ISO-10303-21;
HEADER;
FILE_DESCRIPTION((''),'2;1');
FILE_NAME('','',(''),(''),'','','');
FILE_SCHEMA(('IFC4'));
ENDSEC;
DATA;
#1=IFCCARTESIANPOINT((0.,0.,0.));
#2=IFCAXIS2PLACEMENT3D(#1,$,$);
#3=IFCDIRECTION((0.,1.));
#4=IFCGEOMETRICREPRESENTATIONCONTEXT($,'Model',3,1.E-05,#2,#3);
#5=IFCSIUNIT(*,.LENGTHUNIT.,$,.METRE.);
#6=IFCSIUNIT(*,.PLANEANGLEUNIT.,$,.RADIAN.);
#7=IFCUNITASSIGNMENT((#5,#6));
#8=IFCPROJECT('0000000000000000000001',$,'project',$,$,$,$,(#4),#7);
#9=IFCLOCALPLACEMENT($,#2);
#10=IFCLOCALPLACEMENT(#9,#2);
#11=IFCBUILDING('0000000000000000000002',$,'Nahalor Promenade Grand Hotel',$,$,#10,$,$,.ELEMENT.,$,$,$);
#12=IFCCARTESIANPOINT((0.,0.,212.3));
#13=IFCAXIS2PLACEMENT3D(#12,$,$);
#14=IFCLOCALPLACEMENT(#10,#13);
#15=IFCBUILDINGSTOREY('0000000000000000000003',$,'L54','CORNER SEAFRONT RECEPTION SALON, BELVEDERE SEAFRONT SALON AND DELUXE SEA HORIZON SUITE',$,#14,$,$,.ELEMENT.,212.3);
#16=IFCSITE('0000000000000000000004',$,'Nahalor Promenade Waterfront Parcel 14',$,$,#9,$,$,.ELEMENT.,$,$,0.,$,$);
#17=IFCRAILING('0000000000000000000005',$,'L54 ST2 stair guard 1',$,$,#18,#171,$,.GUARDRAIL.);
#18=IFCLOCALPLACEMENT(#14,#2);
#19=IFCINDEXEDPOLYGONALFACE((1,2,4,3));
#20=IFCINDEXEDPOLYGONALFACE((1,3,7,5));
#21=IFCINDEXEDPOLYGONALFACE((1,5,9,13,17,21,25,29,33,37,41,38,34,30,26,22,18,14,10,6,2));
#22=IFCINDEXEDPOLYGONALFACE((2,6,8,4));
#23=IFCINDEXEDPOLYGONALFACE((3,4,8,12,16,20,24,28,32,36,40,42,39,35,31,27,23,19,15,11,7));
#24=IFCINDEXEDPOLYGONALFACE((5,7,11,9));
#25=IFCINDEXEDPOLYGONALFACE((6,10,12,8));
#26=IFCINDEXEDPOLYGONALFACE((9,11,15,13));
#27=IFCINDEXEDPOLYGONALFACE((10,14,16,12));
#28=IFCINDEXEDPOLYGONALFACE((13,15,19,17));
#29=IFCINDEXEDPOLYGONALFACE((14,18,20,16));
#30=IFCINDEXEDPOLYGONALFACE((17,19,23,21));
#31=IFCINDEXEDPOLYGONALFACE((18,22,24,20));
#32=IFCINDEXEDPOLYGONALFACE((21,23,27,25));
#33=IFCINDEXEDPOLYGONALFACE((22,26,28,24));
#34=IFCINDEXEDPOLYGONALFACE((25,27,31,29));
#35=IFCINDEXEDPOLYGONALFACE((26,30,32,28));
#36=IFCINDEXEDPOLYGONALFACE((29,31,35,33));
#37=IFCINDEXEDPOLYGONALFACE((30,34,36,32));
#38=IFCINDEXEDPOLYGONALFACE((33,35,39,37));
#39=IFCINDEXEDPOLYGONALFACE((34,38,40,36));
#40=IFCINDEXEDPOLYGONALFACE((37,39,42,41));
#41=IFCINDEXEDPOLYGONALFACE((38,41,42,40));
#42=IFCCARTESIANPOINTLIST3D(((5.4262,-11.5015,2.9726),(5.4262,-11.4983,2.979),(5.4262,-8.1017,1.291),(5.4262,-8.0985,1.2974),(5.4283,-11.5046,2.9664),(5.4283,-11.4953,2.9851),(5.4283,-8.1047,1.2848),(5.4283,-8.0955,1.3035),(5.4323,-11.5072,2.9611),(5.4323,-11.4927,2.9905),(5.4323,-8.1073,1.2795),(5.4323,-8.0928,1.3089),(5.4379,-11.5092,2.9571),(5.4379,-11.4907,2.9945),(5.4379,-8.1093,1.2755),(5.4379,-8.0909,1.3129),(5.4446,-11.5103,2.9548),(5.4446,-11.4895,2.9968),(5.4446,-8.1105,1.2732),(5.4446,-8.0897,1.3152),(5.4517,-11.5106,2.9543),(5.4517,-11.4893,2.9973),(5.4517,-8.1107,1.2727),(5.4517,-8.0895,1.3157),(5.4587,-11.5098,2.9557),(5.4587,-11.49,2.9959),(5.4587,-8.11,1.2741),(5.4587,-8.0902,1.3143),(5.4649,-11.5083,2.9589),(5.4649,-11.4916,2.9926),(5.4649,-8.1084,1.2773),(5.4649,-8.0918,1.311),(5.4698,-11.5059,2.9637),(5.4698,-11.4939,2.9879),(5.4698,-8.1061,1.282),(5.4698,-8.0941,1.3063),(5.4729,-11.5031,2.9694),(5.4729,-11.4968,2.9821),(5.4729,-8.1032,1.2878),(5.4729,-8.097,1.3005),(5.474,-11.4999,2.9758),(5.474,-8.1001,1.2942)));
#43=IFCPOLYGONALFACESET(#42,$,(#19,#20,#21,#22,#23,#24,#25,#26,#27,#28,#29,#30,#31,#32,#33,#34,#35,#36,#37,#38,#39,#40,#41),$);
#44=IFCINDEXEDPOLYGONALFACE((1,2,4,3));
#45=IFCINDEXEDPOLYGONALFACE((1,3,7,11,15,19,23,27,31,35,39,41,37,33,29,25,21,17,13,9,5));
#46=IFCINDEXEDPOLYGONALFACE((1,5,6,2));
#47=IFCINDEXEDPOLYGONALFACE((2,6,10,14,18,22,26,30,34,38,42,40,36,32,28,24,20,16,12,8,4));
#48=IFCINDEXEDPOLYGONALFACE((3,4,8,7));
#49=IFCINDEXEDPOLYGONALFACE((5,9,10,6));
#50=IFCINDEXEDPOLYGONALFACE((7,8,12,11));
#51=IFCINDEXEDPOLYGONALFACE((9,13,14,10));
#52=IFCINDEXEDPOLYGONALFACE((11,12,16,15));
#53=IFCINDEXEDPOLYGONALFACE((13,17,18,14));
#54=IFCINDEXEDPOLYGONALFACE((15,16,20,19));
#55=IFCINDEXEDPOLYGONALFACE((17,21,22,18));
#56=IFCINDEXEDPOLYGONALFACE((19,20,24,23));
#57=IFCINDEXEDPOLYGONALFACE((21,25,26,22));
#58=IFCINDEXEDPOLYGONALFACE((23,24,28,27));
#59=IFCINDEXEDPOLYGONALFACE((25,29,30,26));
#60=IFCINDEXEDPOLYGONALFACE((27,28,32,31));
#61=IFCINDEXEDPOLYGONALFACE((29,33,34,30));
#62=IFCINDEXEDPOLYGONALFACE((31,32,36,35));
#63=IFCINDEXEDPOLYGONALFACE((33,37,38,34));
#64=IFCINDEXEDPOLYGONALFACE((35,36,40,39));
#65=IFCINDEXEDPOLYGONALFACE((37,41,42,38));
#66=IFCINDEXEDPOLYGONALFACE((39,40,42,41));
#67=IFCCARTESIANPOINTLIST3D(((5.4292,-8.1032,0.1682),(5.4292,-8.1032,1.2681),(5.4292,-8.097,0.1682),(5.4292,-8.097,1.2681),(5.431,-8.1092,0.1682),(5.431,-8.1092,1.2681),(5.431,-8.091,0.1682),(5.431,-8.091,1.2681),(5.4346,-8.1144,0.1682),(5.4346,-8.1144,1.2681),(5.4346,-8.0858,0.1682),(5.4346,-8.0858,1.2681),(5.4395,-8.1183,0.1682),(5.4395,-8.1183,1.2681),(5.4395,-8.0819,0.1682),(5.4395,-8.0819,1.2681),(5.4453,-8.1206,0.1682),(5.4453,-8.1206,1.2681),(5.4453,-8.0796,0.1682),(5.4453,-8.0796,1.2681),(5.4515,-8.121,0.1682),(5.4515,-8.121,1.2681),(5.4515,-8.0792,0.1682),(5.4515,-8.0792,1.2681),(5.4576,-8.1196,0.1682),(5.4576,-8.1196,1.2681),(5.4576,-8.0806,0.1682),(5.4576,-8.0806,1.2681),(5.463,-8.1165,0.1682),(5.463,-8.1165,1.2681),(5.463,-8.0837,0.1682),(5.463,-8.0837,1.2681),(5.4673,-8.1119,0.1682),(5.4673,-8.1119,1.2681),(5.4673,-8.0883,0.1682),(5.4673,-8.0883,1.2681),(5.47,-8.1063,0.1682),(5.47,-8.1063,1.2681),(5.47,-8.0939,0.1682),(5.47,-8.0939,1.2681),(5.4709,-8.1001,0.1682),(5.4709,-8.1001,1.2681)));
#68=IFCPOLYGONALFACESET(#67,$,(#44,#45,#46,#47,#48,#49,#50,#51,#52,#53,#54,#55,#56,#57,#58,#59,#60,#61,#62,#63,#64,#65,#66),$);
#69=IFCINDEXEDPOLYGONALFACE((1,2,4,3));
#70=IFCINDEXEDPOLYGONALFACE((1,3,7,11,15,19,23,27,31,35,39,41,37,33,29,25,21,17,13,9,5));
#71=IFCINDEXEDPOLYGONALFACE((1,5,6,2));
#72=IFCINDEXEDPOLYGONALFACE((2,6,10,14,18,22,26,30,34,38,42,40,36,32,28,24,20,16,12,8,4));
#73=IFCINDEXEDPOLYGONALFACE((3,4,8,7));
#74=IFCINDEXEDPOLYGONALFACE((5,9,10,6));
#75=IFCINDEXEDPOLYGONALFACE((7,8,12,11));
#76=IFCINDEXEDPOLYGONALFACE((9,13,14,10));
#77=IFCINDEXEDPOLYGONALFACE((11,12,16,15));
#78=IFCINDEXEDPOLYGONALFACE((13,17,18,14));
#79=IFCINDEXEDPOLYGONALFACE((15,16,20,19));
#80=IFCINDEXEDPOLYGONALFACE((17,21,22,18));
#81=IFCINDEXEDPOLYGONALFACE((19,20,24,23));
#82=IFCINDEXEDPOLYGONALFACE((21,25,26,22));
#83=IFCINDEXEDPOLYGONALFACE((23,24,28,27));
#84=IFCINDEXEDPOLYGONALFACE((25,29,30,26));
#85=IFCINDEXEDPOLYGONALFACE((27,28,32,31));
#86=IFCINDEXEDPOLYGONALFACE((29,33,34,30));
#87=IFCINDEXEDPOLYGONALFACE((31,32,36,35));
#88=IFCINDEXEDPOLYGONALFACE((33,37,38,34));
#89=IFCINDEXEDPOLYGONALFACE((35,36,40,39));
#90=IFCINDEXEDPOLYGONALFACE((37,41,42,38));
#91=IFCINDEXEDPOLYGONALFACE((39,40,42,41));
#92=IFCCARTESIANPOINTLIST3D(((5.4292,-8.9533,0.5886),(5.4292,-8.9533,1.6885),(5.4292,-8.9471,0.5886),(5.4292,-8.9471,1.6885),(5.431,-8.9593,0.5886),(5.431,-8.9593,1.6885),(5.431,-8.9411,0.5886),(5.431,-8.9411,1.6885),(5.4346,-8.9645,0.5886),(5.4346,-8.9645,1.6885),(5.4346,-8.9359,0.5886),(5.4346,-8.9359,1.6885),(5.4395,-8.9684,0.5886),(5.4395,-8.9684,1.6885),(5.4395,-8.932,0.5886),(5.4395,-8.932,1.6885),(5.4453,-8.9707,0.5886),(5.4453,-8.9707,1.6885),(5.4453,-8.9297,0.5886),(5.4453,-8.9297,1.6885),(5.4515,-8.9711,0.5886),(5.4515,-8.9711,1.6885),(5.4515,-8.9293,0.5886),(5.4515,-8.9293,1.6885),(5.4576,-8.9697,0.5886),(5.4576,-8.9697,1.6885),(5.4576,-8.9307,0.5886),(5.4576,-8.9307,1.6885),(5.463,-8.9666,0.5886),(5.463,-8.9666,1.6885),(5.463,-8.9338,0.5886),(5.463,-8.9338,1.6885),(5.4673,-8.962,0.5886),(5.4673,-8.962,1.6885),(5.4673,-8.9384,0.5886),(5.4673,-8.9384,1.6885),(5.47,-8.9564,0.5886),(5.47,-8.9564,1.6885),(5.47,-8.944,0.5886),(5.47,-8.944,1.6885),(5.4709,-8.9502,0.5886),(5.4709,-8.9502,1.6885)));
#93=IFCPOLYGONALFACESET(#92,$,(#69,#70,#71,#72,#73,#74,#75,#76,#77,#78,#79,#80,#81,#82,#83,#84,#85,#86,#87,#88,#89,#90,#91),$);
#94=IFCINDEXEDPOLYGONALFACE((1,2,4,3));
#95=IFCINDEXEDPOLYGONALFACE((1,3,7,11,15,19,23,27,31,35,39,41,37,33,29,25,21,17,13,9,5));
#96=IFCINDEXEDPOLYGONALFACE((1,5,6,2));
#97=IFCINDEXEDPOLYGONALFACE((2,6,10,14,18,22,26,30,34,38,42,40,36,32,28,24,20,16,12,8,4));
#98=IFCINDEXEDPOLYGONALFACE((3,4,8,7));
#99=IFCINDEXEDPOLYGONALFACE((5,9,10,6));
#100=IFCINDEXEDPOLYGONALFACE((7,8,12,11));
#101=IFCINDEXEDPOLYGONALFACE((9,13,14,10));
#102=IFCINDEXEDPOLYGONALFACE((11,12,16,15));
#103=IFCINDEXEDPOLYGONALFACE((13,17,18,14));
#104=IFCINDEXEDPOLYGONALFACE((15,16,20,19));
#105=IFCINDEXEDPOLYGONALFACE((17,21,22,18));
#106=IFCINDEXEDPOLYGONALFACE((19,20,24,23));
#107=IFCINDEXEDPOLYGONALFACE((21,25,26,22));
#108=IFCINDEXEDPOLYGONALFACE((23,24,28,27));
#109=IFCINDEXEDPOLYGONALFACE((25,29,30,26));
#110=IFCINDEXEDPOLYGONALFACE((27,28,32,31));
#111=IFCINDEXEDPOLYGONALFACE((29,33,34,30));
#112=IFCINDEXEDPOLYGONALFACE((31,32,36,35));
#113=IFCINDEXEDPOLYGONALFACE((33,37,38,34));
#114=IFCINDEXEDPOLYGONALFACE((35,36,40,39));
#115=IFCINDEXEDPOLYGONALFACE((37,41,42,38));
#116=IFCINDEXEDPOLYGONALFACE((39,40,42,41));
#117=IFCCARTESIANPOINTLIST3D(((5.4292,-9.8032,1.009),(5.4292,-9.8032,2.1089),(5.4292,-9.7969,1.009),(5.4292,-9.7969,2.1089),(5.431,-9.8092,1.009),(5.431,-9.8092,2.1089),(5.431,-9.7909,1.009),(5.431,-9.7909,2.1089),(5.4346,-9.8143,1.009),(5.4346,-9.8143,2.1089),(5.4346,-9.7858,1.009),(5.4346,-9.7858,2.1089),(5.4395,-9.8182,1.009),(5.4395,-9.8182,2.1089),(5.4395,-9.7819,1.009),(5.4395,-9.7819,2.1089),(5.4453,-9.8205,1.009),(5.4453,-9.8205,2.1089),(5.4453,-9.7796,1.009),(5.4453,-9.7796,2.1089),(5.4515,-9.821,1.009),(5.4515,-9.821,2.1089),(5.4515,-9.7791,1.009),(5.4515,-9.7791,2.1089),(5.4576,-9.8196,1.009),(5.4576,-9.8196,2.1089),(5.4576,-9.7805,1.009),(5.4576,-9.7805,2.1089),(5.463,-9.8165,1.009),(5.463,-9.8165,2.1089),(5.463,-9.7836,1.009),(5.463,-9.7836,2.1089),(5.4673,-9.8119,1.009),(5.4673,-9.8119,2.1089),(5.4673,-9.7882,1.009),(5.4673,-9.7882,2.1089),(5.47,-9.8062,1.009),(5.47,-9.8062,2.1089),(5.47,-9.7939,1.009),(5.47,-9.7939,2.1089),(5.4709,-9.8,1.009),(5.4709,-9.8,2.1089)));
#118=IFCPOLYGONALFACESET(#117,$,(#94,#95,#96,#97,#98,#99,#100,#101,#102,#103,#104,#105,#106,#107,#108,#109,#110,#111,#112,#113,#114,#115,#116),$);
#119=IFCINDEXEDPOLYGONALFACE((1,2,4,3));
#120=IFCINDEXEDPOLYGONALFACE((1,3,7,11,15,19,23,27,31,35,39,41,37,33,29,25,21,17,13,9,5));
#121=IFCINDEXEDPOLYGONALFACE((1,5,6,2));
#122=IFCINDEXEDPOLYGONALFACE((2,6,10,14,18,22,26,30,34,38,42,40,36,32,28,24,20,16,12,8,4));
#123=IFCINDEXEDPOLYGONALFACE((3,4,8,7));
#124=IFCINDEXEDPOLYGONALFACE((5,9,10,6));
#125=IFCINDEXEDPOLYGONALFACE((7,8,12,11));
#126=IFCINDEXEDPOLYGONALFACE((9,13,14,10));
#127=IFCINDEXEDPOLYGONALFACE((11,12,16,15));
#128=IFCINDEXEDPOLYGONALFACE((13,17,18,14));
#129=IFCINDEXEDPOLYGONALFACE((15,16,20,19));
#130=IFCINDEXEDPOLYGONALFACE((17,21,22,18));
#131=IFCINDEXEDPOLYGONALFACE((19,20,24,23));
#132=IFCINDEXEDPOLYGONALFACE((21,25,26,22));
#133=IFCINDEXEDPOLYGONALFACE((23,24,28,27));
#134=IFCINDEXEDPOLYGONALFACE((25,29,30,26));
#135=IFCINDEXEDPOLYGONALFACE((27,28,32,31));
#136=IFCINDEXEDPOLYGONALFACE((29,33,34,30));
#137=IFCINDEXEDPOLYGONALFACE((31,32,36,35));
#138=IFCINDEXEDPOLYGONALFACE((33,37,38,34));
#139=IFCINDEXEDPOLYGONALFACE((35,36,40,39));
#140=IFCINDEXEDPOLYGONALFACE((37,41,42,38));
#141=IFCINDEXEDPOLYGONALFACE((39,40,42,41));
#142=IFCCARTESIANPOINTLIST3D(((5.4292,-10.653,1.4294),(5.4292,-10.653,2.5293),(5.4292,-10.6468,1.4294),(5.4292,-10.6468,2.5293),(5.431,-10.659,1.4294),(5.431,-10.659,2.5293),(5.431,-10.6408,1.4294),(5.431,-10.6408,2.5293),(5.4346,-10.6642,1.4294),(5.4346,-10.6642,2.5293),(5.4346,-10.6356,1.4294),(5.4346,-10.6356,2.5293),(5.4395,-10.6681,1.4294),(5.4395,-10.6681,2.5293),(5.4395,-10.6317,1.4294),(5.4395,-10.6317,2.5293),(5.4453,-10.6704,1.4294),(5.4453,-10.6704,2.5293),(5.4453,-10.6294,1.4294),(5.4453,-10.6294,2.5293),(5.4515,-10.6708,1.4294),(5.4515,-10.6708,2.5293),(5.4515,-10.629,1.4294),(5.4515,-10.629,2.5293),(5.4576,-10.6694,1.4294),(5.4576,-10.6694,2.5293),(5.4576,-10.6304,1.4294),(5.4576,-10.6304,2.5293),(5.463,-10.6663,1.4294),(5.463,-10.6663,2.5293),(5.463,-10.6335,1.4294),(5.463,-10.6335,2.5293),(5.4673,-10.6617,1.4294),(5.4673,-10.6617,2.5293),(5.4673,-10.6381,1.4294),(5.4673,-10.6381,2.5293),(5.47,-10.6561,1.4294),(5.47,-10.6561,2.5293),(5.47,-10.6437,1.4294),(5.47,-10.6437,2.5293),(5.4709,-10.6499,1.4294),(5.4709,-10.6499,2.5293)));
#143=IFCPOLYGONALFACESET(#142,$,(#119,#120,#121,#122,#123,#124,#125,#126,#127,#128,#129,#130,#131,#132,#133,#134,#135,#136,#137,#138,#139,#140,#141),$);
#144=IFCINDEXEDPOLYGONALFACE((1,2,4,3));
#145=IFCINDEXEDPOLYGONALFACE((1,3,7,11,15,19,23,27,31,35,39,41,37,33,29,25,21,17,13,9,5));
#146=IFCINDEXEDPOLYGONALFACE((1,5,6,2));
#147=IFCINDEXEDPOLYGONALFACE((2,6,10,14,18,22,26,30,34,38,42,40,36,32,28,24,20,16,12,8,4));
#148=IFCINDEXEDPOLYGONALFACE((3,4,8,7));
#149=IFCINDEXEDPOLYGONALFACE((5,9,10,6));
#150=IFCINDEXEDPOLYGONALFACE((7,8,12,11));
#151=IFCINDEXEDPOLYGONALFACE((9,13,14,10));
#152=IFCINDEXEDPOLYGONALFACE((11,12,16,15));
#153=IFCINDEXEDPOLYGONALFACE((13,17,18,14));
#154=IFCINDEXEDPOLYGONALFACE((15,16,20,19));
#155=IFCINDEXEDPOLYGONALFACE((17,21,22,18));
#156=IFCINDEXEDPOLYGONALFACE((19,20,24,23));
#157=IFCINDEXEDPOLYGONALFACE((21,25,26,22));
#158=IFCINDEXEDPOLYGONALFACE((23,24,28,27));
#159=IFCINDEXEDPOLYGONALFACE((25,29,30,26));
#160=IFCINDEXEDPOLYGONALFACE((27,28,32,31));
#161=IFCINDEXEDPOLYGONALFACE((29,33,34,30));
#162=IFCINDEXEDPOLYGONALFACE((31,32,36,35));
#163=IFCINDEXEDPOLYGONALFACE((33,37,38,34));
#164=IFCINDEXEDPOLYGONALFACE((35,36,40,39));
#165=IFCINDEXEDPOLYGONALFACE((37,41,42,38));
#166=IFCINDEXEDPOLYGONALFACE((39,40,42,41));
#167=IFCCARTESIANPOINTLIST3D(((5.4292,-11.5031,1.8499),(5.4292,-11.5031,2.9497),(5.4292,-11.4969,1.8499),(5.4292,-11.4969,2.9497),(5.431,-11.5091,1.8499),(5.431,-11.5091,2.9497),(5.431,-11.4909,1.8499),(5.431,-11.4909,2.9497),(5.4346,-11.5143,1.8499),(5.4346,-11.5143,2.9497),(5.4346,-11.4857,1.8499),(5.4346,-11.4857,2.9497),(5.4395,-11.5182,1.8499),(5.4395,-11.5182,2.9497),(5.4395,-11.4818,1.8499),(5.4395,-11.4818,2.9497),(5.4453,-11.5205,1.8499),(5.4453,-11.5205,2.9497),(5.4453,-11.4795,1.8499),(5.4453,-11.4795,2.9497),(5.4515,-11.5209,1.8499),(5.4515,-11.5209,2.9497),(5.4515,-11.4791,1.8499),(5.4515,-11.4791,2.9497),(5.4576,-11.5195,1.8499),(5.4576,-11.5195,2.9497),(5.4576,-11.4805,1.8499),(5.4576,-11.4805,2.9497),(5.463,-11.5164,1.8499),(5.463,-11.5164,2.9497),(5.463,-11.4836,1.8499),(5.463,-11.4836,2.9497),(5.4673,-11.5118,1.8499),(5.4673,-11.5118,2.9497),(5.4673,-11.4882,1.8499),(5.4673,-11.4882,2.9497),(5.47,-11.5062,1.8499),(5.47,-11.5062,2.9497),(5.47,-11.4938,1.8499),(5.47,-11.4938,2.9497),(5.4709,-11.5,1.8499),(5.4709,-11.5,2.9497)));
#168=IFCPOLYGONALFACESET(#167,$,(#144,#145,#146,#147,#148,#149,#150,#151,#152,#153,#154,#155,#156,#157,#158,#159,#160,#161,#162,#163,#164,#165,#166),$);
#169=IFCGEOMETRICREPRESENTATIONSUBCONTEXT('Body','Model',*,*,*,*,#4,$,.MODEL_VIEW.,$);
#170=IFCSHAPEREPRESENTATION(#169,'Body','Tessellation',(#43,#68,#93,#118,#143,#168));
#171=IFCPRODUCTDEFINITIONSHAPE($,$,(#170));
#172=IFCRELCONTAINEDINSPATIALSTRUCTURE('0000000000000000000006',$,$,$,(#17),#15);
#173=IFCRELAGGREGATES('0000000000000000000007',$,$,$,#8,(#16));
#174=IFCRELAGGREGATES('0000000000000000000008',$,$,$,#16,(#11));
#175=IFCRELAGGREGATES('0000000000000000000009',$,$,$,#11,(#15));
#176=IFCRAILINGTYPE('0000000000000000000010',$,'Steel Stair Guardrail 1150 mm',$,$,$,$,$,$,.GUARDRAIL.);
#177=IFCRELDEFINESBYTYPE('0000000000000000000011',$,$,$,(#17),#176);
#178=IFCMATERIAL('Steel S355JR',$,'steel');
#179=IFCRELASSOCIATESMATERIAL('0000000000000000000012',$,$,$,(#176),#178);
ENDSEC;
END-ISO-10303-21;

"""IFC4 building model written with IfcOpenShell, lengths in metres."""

from ifc_helpers import new_model, si_unit, direction, frame, origin, origin_2d, place, context, subcontext, project, spatial, circle, extrude, material, type_object, element, save


model = new_model("IFC4")

# Units and contexts
model_context = context("Model", 3, precision=1e-05, world=origin(), true_north=direction((0.0, 1.0)))
body_context = subcontext(model_context, "Body", "Model", "MODEL_VIEW")
ifc_project = project(units=[si_unit("LENGTHUNIT", "METRE"), si_unit("PLANEANGLEUNIT", "RADIAN")], contexts=[model_context])

# Site, building, storey
site_placement = place(None, origin())
site = spatial("IfcSite", under=ifc_project, at=site_placement, Name="Nahalor Promenade Waterfront Parcel 14", CompositionType="ELEMENT", RefElevation=0.0)
building_placement = place(site_placement, origin())
building = spatial("IfcBuilding", under=site, at=building_placement, Name="Nahalor Promenade Grand Hotel", CompositionType="ELEMENT")
storey_placement = place(building_placement, frame((0.0, 0.0, 212.3)))
storey = spatial("IfcBuildingStorey", under=building, at=storey_placement, Name="L54", Description="CORNER SEAFRONT RECEPTION SALON, BELVEDERE SEAFRONT SALON AND DELUXE SEA HORIZON SUITE", CompositionType="ELEMENT", Elevation=212.3)

# Shared definitions
ifc_material_1 = material(Name="Steel S355JR", Category="steel")

# Railing
railing_type_1 = type_object("IfcRailingType", Name="Steel Stair Guardrail 1150 mm", PredefinedType="GUARDRAIL", material=ifc_material_1)
railing_1_placement = place(storey_placement, frame((5.45, -8.1001, 0.1682)))
element("IfcRailing", 1, at=railing_1_placement, inside=storey, type_object=railing_type_1, Name="L54 ST2 stair guard 1", PredefinedType="GUARDRAIL", context=body_context, shape_type="SweptSolid", body=[
    extrude(circle(Radius=0.024, at=origin_2d()), frame((0.0, 0.0, 1.126), z_axis=(0.0, -0.89635, 0.443348), x_axis=(1.0, 0.0, 0.0)), (0.0, 0.0, 1.0), 3.793),
    extrude(circle(Radius=0.021, at=origin_2d()), origin(), (0.0, 0.0, 1.0), 1.0999),
    extrude(circle(Radius=0.021, at=origin_2d()), frame((0.0, -0.8501, 0.4204)), (0.0, 0.0, 1.0), 1.0999),
    extrude(circle(Radius=0.021, at=origin_2d()), frame((0.0, -1.7, 0.8408)), (0.0, 0.0, 1.0), 1.0999),
    extrude(circle(Radius=0.021, at=origin_2d()), frame((0.0, -2.5498, 1.2612)), (0.0, 0.0, 1.0), 1.0999),
    extrude(circle(Radius=0.021, at=origin_2d()), frame((0.0, -3.3999, 1.6816)), (0.0, 0.0, 1.0), 1.0999),
])

save(model, "model.ifc")
